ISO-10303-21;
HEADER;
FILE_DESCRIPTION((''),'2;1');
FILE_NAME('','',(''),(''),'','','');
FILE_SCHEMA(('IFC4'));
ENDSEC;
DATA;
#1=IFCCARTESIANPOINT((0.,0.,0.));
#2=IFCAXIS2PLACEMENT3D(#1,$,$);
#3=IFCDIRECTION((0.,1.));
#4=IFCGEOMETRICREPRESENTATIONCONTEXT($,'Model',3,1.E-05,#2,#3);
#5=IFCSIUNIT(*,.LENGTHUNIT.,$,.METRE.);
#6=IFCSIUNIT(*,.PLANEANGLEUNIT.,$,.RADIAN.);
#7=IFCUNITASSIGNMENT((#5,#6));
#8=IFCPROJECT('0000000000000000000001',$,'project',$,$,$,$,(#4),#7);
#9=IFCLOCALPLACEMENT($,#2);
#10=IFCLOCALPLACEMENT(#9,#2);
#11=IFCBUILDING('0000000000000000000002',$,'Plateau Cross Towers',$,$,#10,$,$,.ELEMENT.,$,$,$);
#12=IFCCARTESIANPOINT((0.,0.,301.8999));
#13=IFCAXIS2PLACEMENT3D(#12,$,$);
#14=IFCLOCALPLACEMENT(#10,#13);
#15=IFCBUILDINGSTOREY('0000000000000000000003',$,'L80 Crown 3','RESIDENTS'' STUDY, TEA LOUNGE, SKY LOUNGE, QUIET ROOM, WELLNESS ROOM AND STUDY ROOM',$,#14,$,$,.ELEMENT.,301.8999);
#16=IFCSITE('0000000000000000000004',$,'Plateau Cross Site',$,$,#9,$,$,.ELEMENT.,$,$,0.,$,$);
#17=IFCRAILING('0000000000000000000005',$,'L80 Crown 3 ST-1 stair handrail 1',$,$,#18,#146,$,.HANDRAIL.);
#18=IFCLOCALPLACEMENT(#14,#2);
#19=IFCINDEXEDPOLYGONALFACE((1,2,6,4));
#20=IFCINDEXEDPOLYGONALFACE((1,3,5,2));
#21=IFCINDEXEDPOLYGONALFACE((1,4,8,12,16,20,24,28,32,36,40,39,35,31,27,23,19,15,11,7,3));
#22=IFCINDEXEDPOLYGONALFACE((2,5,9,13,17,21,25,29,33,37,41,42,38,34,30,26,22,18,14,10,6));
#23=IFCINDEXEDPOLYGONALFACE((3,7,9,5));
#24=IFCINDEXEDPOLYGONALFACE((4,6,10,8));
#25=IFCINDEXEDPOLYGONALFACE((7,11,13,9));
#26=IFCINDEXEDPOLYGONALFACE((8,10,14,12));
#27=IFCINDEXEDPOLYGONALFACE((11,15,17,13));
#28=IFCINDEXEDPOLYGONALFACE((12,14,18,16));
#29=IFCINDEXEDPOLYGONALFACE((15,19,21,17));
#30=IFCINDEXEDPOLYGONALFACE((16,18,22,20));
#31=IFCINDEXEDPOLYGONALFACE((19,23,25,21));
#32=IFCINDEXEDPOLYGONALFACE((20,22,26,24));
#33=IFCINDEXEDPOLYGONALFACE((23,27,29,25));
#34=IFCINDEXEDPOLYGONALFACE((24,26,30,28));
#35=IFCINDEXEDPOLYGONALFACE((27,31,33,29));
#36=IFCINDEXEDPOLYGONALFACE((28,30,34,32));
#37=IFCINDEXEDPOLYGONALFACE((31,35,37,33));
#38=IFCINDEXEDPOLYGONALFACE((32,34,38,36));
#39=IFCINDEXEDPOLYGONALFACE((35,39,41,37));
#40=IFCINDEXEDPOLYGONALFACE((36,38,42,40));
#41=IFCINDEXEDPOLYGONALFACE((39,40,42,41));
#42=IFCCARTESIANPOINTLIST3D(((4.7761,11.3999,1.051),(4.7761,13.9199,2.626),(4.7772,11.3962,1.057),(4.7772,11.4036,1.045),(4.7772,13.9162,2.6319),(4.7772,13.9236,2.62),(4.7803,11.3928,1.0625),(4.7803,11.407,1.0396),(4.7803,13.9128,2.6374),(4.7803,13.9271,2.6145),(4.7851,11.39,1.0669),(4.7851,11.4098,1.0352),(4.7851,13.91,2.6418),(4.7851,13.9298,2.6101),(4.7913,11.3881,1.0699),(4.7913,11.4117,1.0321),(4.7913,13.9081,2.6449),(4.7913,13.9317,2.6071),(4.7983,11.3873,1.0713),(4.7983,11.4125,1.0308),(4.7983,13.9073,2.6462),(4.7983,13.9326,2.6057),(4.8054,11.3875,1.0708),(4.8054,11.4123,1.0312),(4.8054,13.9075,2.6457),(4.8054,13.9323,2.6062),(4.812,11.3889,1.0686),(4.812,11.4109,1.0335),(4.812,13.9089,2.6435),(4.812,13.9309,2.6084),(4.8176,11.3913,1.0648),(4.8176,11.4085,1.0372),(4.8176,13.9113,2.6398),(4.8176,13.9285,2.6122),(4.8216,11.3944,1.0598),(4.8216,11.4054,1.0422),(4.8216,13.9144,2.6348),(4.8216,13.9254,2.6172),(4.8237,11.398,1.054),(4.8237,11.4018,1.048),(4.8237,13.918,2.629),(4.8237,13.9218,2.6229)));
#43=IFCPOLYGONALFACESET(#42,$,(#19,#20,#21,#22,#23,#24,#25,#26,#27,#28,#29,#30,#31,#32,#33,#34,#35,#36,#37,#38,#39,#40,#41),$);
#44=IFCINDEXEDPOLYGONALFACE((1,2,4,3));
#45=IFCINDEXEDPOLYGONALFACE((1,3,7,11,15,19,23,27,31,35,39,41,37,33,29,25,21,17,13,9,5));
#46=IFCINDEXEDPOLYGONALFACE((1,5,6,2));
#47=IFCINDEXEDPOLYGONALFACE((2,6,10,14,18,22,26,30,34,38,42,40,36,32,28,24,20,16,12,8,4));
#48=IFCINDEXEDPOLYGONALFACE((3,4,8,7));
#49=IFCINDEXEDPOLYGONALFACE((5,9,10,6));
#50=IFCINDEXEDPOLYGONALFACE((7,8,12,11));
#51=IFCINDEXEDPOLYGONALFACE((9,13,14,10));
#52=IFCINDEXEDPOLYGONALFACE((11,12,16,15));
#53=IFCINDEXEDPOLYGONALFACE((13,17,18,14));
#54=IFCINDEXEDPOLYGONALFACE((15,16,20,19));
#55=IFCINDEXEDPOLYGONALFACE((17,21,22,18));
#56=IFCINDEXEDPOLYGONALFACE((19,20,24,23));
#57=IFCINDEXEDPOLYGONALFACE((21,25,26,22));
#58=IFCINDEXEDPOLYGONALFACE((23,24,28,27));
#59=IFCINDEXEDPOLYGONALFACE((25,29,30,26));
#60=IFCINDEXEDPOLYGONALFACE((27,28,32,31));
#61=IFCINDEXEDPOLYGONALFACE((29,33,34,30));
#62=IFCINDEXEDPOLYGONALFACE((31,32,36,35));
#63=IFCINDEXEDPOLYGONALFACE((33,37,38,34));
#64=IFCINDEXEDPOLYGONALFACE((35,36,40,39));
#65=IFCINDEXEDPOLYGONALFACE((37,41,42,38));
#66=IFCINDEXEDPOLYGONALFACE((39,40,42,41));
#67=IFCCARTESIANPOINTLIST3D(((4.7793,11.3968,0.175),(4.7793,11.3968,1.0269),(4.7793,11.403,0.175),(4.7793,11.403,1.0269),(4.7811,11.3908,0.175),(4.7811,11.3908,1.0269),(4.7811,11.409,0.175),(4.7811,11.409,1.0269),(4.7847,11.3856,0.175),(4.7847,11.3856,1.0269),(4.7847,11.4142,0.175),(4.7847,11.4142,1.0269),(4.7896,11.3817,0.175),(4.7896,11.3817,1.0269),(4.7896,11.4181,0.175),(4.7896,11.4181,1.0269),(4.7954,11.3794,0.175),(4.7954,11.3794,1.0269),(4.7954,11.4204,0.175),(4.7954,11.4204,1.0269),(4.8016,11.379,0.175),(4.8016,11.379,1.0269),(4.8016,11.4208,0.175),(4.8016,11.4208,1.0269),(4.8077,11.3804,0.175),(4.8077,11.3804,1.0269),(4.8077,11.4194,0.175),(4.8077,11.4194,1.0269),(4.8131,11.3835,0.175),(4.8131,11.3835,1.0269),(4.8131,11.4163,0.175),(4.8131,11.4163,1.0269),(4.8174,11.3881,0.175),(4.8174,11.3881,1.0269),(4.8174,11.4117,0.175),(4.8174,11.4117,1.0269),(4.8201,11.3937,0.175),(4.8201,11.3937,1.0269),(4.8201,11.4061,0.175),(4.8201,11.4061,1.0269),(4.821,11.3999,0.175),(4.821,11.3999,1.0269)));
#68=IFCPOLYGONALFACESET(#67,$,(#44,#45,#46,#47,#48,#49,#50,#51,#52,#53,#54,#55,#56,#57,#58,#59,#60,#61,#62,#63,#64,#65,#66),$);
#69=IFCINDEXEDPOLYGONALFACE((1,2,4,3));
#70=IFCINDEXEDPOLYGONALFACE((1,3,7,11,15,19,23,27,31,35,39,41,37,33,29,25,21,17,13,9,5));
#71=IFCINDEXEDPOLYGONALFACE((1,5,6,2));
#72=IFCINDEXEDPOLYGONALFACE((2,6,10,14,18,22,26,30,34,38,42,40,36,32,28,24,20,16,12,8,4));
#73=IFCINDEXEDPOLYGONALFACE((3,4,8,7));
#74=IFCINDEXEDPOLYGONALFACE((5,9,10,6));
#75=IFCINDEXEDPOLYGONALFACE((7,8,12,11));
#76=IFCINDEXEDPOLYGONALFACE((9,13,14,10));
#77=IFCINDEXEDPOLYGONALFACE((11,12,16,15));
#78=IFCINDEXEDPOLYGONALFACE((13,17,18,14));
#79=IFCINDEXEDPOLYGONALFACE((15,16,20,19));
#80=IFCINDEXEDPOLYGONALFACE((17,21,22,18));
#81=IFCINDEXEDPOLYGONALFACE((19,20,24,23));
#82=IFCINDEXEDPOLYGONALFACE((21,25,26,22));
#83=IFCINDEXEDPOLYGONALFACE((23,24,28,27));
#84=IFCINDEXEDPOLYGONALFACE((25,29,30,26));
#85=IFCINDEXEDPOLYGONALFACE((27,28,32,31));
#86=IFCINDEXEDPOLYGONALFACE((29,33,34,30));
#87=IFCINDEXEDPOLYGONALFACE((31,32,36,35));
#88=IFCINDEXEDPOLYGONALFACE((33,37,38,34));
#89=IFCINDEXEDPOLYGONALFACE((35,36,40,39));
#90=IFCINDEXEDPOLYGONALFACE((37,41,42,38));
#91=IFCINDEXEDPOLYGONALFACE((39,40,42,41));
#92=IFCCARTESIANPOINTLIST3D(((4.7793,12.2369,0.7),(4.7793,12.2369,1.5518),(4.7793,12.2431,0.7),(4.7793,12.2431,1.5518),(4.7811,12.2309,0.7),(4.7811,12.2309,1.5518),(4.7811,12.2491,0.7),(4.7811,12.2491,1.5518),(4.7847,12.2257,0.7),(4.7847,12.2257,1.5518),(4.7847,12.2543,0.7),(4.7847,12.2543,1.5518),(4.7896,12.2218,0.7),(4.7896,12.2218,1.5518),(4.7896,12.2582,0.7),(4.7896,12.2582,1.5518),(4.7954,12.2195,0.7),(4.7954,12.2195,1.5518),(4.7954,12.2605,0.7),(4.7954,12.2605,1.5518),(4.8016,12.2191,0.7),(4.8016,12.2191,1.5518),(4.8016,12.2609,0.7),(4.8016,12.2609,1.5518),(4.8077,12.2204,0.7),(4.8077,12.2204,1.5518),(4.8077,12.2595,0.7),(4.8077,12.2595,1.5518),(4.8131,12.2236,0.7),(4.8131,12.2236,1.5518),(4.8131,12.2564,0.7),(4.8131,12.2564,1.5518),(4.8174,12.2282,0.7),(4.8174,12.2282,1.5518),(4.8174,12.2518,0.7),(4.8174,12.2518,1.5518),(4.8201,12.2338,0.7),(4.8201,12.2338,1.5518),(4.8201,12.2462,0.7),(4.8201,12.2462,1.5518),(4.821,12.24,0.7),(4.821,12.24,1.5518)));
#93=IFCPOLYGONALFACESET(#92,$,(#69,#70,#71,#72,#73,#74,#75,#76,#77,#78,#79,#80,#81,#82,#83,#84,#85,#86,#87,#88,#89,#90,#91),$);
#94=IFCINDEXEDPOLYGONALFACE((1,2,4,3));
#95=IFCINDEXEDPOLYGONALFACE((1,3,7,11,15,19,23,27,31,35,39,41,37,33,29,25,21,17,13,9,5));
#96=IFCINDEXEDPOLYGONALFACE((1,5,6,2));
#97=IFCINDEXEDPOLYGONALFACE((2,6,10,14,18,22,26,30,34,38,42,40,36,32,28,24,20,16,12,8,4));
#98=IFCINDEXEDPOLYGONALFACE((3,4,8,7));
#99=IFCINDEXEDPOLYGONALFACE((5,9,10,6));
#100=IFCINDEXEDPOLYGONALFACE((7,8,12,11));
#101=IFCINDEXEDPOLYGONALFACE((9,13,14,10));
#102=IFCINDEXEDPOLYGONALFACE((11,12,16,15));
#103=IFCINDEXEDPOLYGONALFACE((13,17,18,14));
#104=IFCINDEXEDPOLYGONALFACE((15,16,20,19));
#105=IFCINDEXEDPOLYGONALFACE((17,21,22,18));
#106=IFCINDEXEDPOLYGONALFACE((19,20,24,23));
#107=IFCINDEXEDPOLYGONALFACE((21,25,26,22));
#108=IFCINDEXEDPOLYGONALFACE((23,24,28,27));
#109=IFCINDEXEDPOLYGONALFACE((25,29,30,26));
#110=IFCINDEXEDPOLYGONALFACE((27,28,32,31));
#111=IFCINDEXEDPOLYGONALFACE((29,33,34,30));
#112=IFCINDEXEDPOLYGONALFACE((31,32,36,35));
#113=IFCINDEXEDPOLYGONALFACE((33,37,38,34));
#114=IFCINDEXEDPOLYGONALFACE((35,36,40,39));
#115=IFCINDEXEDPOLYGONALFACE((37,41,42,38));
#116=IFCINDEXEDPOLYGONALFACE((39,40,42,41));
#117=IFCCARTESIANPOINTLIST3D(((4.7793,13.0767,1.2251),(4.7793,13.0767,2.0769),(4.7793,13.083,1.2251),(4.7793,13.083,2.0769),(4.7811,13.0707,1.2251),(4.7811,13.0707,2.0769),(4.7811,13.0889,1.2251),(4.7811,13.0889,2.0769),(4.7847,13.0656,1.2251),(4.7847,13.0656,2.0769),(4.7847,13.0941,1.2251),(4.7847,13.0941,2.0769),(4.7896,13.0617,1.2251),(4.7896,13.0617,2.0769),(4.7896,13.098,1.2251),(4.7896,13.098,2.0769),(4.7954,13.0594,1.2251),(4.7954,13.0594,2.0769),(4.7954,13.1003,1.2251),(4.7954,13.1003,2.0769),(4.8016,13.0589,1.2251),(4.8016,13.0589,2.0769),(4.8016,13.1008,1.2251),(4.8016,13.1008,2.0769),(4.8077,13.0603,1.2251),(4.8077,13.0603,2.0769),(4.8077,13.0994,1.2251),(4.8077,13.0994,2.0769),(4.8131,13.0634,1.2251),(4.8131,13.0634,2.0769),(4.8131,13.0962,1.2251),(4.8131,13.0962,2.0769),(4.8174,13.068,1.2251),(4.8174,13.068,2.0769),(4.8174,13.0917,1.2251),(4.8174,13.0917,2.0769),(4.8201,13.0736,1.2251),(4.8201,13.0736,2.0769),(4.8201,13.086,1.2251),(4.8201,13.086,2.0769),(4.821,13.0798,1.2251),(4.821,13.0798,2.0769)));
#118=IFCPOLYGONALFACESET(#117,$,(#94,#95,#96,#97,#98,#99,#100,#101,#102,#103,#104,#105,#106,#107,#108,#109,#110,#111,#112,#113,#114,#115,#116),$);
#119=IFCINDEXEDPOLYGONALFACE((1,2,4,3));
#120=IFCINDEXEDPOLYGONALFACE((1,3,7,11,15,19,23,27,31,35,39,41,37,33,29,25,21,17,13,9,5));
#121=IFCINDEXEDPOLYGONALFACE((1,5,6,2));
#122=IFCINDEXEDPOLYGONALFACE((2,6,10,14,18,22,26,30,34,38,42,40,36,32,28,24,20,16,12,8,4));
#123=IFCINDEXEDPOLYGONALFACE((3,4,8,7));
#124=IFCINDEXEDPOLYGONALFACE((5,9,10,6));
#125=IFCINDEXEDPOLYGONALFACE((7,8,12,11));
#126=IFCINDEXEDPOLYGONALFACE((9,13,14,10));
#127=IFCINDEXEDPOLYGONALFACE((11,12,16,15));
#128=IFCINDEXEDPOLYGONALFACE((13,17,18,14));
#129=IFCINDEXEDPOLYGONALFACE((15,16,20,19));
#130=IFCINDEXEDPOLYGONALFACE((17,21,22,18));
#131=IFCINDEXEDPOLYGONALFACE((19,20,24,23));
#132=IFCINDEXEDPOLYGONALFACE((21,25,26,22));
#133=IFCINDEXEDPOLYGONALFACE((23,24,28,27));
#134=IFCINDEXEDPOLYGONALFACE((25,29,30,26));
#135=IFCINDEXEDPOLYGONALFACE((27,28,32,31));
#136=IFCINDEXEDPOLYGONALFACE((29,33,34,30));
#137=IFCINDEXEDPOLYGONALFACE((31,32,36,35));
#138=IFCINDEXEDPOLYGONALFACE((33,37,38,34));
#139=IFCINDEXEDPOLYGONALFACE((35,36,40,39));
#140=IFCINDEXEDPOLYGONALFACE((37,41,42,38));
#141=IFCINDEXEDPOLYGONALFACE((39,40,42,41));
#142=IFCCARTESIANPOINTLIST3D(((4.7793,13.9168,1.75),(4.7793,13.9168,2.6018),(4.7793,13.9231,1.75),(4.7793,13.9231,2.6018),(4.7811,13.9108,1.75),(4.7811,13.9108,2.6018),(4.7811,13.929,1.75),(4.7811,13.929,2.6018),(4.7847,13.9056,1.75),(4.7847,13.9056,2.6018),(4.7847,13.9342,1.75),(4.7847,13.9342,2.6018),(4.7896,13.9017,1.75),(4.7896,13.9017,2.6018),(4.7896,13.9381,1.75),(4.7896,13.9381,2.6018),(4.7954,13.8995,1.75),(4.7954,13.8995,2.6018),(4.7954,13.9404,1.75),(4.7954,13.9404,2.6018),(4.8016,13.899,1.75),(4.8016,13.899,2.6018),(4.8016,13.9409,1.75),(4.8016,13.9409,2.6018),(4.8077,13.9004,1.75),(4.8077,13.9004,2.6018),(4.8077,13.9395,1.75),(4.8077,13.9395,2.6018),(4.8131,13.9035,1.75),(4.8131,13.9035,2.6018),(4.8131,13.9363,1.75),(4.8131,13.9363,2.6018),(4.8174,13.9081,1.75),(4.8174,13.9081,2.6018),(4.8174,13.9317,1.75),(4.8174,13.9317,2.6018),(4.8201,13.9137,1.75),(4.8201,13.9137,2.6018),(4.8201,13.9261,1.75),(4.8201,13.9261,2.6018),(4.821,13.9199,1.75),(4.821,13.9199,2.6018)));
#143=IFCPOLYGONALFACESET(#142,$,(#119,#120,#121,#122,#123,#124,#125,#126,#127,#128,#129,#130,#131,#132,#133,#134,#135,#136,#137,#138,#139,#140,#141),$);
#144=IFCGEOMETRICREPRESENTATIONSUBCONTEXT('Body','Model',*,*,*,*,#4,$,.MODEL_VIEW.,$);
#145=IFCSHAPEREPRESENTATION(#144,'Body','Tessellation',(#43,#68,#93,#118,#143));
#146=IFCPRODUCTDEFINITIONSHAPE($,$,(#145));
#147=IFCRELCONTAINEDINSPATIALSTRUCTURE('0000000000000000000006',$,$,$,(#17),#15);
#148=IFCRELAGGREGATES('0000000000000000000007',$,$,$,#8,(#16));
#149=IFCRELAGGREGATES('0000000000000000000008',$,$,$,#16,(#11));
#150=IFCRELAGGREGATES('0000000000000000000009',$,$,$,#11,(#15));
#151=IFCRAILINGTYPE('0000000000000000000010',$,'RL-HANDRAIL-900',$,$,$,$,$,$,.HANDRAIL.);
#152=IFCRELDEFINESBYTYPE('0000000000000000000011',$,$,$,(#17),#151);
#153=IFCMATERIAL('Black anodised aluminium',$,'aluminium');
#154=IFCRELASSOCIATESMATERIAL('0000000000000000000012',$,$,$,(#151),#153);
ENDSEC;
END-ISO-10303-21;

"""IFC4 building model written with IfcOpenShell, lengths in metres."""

from ifc_helpers import new_model, si_unit, direction, frame, origin, origin_2d, place, context, subcontext, project, spatial, circle, extrude, material, type_object, element, save


model = new_model("IFC4")

# Units and contexts
model_context = context("Model", 3, precision=1e-05, world=origin(), true_north=direction((0.0, 1.0)))
body_context = subcontext(model_context, "Body", "Model", "MODEL_VIEW")
ifc_project = project(units=[si_unit("LENGTHUNIT", "METRE"), si_unit("PLANEANGLEUNIT", "RADIAN")], contexts=[model_context])

# Site, building, storey
site_placement = place(None, origin())
site = spatial("IfcSite", under=ifc_project, at=site_placement, Name="Plateau Cross Site", CompositionType="ELEMENT", RefElevation=0.0)
building_placement = place(site_placement, origin())
building = spatial("IfcBuilding", under=site, at=building_placement, Name="Plateau Cross Towers", CompositionType="ELEMENT")
storey_placement = place(building_placement, frame((0.0, 0.0, 301.8999)))
storey = spatial("IfcBuildingStorey", under=building, at=storey_placement, Name="L80 Crown 3", Description="RESIDENTS' STUDY, TEA LOUNGE, SKY LOUNGE, QUIET ROOM, WELLNESS ROOM AND STUDY ROOM", CompositionType="ELEMENT", Elevation=301.8999)

# Shared definitions
ifc_material_1 = material(Name="Black anodised aluminium", Category="aluminium")

# Railing
railing_type_1 = type_object("IfcRailingType", Name="RL-HANDRAIL-900", PredefinedType="HANDRAIL", material=ifc_material_1)
railing_1_placement = place(storey_placement, frame((4.8, 11.3999, 0.175)))
element("IfcRailing", 1, at=railing_1_placement, inside=storey, type_object=railing_type_1, Name="L80 Crown 3 ST-1 stair handrail 1", PredefinedType="HANDRAIL", context=body_context, shape_type="SweptSolid", body=[
    extrude(circle(Radius=0.0239, at=origin_2d()), frame((0.0, 0.0, 0.876), z_axis=(0.0, 0.848008, 0.529984), x_axis=(-1.0, 0.0, 0.0)), (0.0, 0.0, 1.0), 2.9717),
    extrude(circle(Radius=0.021, at=origin_2d()), origin(), (0.0, 0.0, 1.0), 0.8518),
    extrude(circle(Radius=0.021, at=origin_2d()), frame((0.0, 0.8401, 0.5249)), (0.0, 0.0, 1.0), 0.8518),
    extrude(circle(Radius=0.021, at=origin_2d()), frame((0.0, 1.6799, 1.05)), (0.0, 0.0, 1.0), 0.8518),
    extrude(circle(Radius=0.021, at=origin_2d()), frame((0.0, 2.52, 1.575)), (0.0, 0.0, 1.0), 0.8518),
])

save(model, "model.ifc")
